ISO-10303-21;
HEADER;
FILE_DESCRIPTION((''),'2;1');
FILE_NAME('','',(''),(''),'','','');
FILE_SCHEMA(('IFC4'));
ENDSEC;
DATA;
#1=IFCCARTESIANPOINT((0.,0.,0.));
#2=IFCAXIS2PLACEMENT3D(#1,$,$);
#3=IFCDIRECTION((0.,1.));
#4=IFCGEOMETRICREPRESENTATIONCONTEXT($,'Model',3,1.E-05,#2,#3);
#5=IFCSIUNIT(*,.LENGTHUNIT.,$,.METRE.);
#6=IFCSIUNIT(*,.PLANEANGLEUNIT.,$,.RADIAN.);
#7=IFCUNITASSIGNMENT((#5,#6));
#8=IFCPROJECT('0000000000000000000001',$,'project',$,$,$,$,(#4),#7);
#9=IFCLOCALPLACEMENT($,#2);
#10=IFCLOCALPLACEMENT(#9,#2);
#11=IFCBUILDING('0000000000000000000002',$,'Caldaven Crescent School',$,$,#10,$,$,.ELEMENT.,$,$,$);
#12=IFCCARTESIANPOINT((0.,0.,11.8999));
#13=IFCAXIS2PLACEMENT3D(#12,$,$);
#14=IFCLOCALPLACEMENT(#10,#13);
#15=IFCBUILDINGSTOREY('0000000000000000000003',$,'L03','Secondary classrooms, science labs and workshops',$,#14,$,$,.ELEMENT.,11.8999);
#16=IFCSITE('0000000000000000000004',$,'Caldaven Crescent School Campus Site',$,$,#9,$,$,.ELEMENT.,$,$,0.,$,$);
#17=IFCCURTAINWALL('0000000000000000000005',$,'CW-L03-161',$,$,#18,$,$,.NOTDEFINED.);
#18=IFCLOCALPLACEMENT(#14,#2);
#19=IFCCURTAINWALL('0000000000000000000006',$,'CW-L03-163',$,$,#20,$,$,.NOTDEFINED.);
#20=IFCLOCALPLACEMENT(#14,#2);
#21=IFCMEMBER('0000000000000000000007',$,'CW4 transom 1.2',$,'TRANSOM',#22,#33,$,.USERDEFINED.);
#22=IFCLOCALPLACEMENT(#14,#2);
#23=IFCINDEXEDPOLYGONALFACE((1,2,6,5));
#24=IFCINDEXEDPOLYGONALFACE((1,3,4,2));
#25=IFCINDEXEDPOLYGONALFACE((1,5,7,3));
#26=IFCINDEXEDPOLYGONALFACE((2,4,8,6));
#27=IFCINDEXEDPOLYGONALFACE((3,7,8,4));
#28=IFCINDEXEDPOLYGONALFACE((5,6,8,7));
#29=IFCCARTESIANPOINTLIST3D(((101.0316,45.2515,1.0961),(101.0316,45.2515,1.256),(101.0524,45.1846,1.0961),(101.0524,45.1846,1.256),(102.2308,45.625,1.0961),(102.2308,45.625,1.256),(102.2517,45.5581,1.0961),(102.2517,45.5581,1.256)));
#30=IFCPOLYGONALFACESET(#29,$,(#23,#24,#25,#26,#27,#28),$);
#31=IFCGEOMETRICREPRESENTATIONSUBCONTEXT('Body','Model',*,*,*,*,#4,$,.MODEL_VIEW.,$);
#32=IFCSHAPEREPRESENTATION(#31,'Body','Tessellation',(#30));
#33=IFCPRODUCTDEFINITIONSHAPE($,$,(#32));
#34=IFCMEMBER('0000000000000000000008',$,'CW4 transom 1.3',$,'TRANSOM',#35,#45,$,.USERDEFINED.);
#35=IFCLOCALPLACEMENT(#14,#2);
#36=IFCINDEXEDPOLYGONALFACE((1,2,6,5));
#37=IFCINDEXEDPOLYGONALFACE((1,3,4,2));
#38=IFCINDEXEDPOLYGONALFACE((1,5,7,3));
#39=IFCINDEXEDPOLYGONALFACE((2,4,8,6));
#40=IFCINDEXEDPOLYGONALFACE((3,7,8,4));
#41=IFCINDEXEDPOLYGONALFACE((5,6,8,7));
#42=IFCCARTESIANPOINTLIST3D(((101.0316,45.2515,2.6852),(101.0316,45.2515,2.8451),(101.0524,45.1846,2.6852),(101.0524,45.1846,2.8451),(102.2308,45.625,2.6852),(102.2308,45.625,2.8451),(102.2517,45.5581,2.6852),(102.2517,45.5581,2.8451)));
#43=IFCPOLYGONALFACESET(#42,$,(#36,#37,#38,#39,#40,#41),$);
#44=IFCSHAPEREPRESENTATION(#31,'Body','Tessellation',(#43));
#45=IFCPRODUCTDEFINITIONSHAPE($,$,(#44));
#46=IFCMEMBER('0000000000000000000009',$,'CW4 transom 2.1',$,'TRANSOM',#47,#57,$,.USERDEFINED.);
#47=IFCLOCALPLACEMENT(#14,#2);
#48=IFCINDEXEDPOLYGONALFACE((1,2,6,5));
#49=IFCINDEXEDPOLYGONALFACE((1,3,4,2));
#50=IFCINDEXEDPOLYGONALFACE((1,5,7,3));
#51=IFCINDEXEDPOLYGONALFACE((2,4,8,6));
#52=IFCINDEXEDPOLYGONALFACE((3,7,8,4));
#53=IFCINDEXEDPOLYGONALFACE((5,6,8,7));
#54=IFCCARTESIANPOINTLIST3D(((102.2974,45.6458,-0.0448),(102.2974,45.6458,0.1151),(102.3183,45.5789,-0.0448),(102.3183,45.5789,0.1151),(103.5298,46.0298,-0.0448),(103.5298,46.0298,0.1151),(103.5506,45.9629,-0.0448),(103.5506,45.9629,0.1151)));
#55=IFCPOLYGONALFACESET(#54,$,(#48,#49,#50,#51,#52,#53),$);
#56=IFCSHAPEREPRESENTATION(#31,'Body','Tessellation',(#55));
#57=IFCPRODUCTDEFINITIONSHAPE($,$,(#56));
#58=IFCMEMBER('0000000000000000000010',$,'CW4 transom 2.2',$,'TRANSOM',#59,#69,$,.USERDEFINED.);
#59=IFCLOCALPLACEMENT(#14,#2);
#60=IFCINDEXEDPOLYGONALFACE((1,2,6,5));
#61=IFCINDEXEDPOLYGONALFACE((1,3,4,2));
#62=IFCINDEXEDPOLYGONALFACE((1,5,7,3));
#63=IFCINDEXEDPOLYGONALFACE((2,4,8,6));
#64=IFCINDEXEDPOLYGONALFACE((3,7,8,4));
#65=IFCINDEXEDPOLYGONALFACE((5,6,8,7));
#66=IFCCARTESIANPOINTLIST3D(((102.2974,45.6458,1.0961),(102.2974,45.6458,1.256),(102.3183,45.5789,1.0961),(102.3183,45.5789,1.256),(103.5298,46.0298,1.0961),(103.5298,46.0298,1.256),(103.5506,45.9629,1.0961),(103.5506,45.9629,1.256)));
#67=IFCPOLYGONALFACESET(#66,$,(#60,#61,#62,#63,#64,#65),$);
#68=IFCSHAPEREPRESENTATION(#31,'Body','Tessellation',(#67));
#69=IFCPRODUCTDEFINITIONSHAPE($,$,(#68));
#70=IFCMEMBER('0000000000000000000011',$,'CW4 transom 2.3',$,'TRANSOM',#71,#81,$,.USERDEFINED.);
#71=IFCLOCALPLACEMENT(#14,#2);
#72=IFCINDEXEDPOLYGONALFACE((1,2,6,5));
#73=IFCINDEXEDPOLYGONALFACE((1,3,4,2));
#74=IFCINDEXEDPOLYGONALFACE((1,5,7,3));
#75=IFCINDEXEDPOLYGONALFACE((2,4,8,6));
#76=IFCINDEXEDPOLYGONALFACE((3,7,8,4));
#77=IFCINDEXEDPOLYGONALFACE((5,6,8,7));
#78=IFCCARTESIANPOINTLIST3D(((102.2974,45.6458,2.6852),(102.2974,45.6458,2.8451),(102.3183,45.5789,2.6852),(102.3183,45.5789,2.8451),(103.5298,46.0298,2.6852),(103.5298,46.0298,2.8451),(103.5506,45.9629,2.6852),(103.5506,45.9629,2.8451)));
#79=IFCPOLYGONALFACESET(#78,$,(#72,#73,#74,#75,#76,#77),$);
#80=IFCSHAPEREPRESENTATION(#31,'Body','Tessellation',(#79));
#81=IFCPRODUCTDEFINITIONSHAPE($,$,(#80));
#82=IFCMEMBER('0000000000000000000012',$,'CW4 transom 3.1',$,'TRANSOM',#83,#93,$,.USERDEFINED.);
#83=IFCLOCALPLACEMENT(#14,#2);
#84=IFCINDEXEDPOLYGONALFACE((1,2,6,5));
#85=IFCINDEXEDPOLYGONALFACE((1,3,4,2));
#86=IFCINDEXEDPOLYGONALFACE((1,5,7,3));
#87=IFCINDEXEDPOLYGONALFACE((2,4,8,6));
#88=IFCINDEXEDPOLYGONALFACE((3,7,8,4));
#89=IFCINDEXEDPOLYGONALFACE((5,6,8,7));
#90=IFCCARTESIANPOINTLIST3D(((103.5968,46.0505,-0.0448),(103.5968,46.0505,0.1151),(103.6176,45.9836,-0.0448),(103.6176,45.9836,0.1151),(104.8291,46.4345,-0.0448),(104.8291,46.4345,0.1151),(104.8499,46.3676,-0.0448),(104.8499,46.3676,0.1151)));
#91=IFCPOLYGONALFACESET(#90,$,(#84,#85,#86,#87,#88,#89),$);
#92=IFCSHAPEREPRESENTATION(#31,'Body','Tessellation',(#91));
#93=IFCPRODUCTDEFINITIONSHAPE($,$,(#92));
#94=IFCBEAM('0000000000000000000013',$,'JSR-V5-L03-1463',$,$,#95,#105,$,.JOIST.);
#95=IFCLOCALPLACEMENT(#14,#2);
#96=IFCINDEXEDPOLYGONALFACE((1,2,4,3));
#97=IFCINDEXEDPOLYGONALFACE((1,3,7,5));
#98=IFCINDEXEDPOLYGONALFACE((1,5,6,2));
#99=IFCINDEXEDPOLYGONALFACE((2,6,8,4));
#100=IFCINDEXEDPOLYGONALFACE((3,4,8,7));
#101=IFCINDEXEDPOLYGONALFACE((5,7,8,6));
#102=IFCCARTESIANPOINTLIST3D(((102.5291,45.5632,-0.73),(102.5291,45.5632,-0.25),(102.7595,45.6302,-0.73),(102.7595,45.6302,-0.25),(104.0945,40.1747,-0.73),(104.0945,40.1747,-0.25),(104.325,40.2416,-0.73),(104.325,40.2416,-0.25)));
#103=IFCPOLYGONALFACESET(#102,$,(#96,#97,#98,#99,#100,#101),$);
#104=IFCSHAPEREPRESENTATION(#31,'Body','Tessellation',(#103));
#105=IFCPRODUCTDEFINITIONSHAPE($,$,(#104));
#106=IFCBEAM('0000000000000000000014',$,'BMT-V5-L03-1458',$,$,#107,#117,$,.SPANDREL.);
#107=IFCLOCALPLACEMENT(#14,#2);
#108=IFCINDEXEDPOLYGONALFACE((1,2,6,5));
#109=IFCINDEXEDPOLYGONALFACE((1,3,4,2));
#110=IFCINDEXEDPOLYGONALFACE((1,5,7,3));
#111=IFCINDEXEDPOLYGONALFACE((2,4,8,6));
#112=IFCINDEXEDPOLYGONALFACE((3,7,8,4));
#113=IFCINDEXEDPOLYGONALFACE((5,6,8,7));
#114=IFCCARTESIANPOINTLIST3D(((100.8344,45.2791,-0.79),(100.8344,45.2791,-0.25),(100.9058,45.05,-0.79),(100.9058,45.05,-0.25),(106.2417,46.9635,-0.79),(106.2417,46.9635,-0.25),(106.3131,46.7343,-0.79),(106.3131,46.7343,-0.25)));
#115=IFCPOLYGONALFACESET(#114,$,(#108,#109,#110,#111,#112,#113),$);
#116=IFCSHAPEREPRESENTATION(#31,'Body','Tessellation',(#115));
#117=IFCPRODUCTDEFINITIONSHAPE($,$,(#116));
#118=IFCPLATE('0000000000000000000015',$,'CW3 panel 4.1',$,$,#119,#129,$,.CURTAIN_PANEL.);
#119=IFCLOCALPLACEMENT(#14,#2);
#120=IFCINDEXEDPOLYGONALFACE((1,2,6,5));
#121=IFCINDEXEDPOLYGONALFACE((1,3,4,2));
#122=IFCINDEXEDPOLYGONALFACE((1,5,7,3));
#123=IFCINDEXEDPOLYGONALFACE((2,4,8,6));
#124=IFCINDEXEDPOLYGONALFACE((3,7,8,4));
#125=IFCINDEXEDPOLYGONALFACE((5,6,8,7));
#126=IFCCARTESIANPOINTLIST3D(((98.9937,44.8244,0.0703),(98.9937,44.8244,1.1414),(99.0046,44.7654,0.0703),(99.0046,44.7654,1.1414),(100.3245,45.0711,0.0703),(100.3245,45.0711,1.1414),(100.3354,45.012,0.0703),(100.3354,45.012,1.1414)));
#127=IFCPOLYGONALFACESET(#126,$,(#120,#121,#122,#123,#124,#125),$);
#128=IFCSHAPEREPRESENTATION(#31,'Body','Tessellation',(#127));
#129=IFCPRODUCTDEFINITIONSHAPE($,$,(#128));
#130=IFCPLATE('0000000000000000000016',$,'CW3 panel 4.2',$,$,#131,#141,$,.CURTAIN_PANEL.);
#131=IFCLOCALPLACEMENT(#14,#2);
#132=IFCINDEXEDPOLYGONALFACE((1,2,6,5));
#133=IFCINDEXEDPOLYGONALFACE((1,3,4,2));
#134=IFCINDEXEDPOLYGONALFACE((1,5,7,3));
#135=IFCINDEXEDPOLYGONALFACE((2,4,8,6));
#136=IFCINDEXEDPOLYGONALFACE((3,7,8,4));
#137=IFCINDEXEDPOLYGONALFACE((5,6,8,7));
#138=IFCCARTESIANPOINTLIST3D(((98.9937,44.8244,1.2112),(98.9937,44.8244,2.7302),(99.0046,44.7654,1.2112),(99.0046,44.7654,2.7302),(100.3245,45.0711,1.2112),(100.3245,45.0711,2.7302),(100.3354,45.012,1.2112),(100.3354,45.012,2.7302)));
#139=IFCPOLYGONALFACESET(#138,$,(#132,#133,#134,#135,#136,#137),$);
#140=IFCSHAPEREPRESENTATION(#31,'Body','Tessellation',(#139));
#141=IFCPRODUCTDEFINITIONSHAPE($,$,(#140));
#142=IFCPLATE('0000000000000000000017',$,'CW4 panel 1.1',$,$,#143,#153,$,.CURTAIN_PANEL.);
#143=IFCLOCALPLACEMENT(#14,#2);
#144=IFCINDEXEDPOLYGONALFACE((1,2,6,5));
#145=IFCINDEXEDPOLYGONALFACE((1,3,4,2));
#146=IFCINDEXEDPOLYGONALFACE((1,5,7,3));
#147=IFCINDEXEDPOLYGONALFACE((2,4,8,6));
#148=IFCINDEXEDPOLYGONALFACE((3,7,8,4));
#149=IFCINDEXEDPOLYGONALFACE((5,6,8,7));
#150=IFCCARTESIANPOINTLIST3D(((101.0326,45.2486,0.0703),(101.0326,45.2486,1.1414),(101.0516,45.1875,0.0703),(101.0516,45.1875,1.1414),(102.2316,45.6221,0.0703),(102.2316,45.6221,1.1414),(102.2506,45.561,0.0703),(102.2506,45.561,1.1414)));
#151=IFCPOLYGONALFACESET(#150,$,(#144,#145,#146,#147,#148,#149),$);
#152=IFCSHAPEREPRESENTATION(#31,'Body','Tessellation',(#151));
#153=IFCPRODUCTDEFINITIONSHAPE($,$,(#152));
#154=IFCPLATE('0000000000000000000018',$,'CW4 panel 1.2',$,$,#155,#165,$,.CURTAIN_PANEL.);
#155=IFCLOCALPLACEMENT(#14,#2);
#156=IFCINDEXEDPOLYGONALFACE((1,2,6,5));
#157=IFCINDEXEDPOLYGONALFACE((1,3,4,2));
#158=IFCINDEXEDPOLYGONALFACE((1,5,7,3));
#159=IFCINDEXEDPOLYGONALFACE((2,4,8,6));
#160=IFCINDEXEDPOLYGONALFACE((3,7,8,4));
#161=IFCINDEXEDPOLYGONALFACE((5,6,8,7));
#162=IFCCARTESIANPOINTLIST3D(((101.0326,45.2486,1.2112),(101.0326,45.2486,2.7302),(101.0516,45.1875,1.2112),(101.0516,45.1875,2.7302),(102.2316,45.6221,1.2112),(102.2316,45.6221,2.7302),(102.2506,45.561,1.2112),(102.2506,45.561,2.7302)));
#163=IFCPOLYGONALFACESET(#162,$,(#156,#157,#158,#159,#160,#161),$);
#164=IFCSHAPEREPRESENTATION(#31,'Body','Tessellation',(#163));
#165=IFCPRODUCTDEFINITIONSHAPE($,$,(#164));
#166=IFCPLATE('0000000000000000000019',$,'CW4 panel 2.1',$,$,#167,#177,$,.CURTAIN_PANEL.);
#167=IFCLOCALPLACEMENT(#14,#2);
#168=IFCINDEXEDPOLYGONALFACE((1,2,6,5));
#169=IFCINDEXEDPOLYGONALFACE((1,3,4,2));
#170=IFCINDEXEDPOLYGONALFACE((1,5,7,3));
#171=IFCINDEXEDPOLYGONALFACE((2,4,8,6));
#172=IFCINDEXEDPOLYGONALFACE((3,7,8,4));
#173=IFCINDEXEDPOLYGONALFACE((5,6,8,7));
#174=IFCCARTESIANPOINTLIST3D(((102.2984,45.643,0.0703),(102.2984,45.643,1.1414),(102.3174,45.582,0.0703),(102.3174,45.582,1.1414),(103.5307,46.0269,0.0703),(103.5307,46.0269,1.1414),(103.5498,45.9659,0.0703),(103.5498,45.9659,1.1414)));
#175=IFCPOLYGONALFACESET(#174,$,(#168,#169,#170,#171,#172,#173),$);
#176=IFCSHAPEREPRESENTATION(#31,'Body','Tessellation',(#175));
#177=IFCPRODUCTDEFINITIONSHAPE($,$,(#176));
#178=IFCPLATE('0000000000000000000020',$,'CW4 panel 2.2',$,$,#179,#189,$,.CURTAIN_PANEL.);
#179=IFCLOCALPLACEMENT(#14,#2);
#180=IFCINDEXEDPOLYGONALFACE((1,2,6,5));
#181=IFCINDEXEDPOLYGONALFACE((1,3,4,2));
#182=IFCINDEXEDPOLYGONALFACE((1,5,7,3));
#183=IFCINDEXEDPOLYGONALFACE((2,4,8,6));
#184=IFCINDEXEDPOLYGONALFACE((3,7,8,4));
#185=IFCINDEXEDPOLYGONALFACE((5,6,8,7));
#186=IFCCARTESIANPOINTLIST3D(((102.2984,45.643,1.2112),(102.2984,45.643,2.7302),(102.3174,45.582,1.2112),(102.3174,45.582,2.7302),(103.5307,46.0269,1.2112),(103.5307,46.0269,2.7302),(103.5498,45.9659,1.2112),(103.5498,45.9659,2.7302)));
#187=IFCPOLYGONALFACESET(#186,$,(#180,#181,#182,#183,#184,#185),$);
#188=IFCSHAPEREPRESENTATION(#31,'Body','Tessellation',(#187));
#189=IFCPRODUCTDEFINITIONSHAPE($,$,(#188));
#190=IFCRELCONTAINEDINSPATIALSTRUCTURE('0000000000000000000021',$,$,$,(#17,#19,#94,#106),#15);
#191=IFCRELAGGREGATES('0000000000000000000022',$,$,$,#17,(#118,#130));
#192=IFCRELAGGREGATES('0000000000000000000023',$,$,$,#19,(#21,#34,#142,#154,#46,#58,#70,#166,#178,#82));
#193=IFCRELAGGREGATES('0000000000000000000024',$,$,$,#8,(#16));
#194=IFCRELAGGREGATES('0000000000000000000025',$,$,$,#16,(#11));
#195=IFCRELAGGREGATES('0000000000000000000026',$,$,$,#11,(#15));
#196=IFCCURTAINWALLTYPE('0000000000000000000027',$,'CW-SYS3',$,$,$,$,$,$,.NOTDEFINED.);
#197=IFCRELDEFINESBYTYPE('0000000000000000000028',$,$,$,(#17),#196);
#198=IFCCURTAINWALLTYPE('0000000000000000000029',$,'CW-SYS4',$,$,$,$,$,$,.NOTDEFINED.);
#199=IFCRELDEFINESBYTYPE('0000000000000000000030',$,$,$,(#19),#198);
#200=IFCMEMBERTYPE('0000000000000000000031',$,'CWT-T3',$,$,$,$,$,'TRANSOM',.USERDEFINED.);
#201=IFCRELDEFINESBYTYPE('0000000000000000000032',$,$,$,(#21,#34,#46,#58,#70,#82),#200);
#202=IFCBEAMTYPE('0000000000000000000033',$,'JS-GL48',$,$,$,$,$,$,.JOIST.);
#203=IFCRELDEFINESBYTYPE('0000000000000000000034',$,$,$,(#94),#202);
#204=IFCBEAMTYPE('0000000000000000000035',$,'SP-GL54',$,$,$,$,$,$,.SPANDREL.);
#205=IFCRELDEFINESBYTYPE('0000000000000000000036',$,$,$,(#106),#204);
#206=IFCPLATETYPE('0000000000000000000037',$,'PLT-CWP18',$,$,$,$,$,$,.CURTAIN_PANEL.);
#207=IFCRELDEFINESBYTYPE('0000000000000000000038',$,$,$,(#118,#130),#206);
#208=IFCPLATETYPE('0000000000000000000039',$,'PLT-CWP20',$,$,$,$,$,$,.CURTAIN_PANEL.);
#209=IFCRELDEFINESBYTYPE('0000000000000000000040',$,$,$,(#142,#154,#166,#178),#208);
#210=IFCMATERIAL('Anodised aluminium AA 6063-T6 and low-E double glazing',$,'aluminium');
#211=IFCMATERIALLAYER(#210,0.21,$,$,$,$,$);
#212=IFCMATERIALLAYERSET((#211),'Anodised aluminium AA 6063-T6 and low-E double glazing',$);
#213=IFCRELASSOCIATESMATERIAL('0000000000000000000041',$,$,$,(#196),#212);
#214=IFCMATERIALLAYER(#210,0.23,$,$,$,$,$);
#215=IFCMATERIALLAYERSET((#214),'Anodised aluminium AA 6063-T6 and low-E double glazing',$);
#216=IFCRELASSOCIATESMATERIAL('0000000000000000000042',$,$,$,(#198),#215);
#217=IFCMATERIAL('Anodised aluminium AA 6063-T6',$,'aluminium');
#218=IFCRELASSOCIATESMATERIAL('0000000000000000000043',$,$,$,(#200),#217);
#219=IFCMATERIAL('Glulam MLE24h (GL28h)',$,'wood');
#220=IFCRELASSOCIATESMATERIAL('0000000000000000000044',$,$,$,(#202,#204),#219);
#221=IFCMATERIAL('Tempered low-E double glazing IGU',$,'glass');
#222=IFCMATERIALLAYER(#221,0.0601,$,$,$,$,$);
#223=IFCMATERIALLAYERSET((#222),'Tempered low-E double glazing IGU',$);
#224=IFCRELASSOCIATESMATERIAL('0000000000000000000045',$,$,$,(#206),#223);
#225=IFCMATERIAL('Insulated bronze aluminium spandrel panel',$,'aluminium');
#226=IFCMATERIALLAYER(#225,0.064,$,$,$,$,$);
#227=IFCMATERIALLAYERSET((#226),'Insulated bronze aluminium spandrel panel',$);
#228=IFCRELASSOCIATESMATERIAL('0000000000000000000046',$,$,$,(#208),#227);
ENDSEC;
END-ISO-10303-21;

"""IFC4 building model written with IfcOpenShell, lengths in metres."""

from ifc_helpers import new_model, si_unit, direction, frame, origin, origin_2d, place, context, subcontext, project, spatial, rectangle, extrude, material, layer, layer_set, material_profile, profile_set, type_object, element, aggregate, save


model = new_model("IFC4")

# Units and contexts
model_context = context("Model", 3, precision=1e-05, world=origin(), true_north=direction((0.0, 1.0)))
body_context = subcontext(model_context, "Body", "Model", "MODEL_VIEW")
ifc_project = project(units=[si_unit("LENGTHUNIT", "METRE"), si_unit("PLANEANGLEUNIT", "RADIAN")], contexts=[model_context])

# Site, building, storey
site_placement = place(None, origin())
site = spatial("IfcSite", under=ifc_project, at=site_placement, Name="Caldaven Crescent School Campus Site", CompositionType="ELEMENT", RefElevation=0.0)
building_placement = place(site_placement, origin())
building = spatial("IfcBuilding", under=site, at=building_placement, Name="Caldaven Crescent School", CompositionType="ELEMENT")
storey_placement = place(building_placement, frame((0.0, 0.0, 11.8999)))
storey = spatial("IfcBuildingStorey", under=building, at=storey_placement, Name="L03", Description="Secondary classrooms, science labs and workshops", CompositionType="ELEMENT", Elevation=11.8999)

# Shared definitions
ifc_material_1 = material(Name="Glulam MLE24h (GL28h)", Category="wood")

# Curtain wall
ifc_material_2 = material(Name="Anodised aluminium AA 6063-T6 and low-E double glazing", Category="aluminium")
ifc_layer_1 = layer(ifc_material_2, 0.21)
ifc_layer_set_1 = layer_set([ifc_layer_1], Name="Anodised aluminium AA 6063-T6 and low-E double glazing")
curtain_wall_type_1 = type_object("IfcCurtainWallType", Name="CW-SYS3", PredefinedType="NOTDEFINED", material=ifc_layer_set_1)
curtain_wall_1_placement = place(storey_placement, origin())
curtain_wall_1 = element("IfcCurtainWall", 1, at=curtain_wall_1_placement, inside=storey, type_object=curtain_wall_type_1, Name="CW-L03-161", PredefinedType="NOTDEFINED")
ifc_material_3 = material(Name="Anodised aluminium AA 6063-T6", Category="aluminium")

# Curtain wall
ifc_layer_2 = layer(ifc_material_2, 0.23)
ifc_layer_set_2 = layer_set([ifc_layer_2], Name="Anodised aluminium AA 6063-T6 and low-E double glazing")
curtain_wall_type_2 = type_object("IfcCurtainWallType", Name="CW-SYS4", PredefinedType="NOTDEFINED", material=ifc_layer_set_2)
curtain_wall_2_placement = place(storey_placement, origin())
curtain_wall_2 = element("IfcCurtainWall", 2, at=curtain_wall_2_placement, inside=storey, type_object=curtain_wall_type_2, Name="CW-L03-163", PredefinedType="NOTDEFINED")

# Members
ifc_material_profile_1 = material_profile(ifc_material_3, rectangle(XDim=0.0701, YDim=0.1599, at=origin_2d()), Name="CWT 70x160")
ifc_profile_set_1 = profile_set([ifc_material_profile_1], Name="Anodised aluminium AA 6063-T6")
member_type_1 = type_object("IfcMemberType", Name="CWT-T3", ElementType="TRANSOM", PredefinedType="USERDEFINED", material=ifc_profile_set_1)
member_1_placement = place(storey_placement, frame((101.042, 45.218, 1.176), z_axis=(0.954756, 0.297389, 0.0), x_axis=(-0.297389, 0.954756, 0.0)))
member_1 = element("IfcMember", 3, at=member_1_placement, type_object=member_type_1, Name="CW4 transom 1.2", ObjectType="TRANSOM", PredefinedType="USERDEFINED", context=body_context, shape_type="SweptSolid", body=[
    extrude(rectangle(XDim=0.0701, YDim=0.1599, at=origin_2d()), origin(), (0.0, 0.0, 1.0), 1.2561),
])
member_2_placement = place(storey_placement, frame((101.042, 45.218, 2.7651), z_axis=(0.954756, 0.297389, 0.0), x_axis=(-0.297389, 0.954756, 0.0)))
member_2 = element("IfcMember", 4, at=member_2_placement, type_object=member_type_1, Name="CW4 transom 1.3", ObjectType="TRANSOM", PredefinedType="USERDEFINED", context=body_context, shape_type="SweptSolid", body=[
    extrude(rectangle(XDim=0.0701, YDim=0.1599, at=origin_2d()), origin(), (0.0, 0.0, 1.0), 1.2561),
])
member_3_placement = place(storey_placement, frame((102.3079, 45.6123, 0.0352), z_axis=(0.954722, 0.2975, 0.0), x_axis=(-0.2975, 0.954722, 0.0)))
member_3 = element("IfcMember", 5, at=member_3_placement, type_object=member_type_1, Name="CW4 transom 2.1", ObjectType="TRANSOM", PredefinedType="USERDEFINED", context=body_context, shape_type="SweptSolid", body=[
    extrude(rectangle(XDim=0.0701, YDim=0.1599, at=origin_2d()), origin(), (0.0, 0.0, 1.0), 1.2908),
])
member_4_placement = place(storey_placement, frame((102.3079, 45.6123, 1.176), z_axis=(0.954722, 0.2975, 0.0), x_axis=(-0.2975, 0.954722, 0.0)))
member_4 = element("IfcMember", 6, at=member_4_placement, type_object=member_type_1, Name="CW4 transom 2.2", ObjectType="TRANSOM", PredefinedType="USERDEFINED", context=body_context, shape_type="SweptSolid", body=[
    extrude(rectangle(XDim=0.0701, YDim=0.1599, at=origin_2d()), origin(), (0.0, 0.0, 1.0), 1.2908),
])
member_5_placement = place(storey_placement, frame((102.3079, 45.6123, 2.7651), z_axis=(0.954722, 0.2975, 0.0), x_axis=(-0.2975, 0.954722, 0.0)))
member_5 = element("IfcMember", 7, at=member_5_placement, type_object=member_type_1, Name="CW4 transom 2.3", ObjectType="TRANSOM", PredefinedType="USERDEFINED", context=body_context, shape_type="SweptSolid", body=[
    extrude(rectangle(XDim=0.0701, YDim=0.1599, at=origin_2d()), origin(), (0.0, 0.0, 1.0), 1.2908),
])
member_6_placement = place(storey_placement, frame((103.6072, 46.0171, 0.0352), z_axis=(0.954722, 0.2975, 0.0), x_axis=(-0.2975, 0.954722, 0.0)))
member_6 = element("IfcMember", 8, at=member_6_placement, type_object=member_type_1, Name="CW4 transom 3.1", ObjectType="TRANSOM", PredefinedType="USERDEFINED", context=body_context, shape_type="SweptSolid", body=[
    extrude(rectangle(XDim=0.0701, YDim=0.1599, at=origin_2d()), origin(), (0.0, 0.0, 1.0), 1.2908),
])

# Beams
ifc_material_profile_2 = material_profile(ifc_material_1, rectangle(XDim=0.24, YDim=0.48, at=origin_2d()), Name="MLE 240x480")
ifc_profile_set_2 = profile_set([ifc_material_profile_2], Name="Glulam MLE24h (GL28h)")
beam_type_1 = type_object("IfcBeamType", Name="JS-GL48", PredefinedType="JOIST", material=ifc_profile_set_2)
beam_1_placement = place(storey_placement, frame((102.6443, 45.5967, -0.49), z_axis=(0.278982, -0.960296, 0.0), x_axis=(0.960296, 0.278982, 0.0)))
element("IfcBeam", 9, at=beam_1_placement, inside=storey, type_object=beam_type_1, Name="JSR-V5-L03-1463", PredefinedType="JOIST", context=body_context, shape_type="SweptSolid", body=[
    extrude(rectangle(XDim=0.24, YDim=0.48, at=origin_2d()), origin(), (0.0, 0.0, 1.0), 5.6113),
])
ifc_material_profile_3 = material_profile(ifc_material_1, rectangle(XDim=0.24, YDim=0.54, at=origin_2d()), Name="MLE 240x540")
ifc_profile_set_3 = profile_set([ifc_material_profile_3], Name="Glulam MLE24h (GL28h)")
beam_type_2 = type_object("IfcBeamType", Name="SP-GL54", PredefinedType="SPANDREL", material=ifc_profile_set_3)
beam_2_placement = place(storey_placement, frame((100.8701, 45.1646, -0.52), z_axis=(0.954753, 0.297401, 0.0), x_axis=(-0.297401, 0.954753, 0.0)))
element("IfcBeam", 10, at=beam_2_placement, inside=storey, type_object=beam_type_2, Name="BMT-V5-L03-1458", PredefinedType="SPANDREL", context=body_context, shape_type="SweptSolid", body=[
    extrude(rectangle(XDim=0.24, YDim=0.54, at=origin_2d()), origin(), (0.0, 0.0, 1.0), 5.6636),
])

# Plates
ifc_material_4 = material(Name="Tempered low-E double glazing IGU", Category="glass")
ifc_layer_3 = layer(ifc_material_4, 0.0601)
ifc_layer_set_3 = layer_set([ifc_layer_3], Name="Tempered low-E double glazing IGU")
plate_type_1 = type_object("IfcPlateType", Name="PLT-CWP18", PredefinedType="CURTAIN_PANEL", material=ifc_layer_set_3)
plate_1_placement = place(storey_placement, frame((99.6646, 44.9182, 0.0703), z_axis=(0.0, 0.0, 1.0), x_axis=(0.983255, 0.182236, 0.0)))
plate_1 = element("IfcPlate", 11, at=plate_1_placement, type_object=plate_type_1, Name="CW3 panel 4.1", PredefinedType="CURTAIN_PANEL", context=body_context, shape_type="SweptSolid", body=[
    extrude(rectangle(XDim=1.3535, YDim=0.0601, at=origin_2d()), origin(), (0.0, 0.0, 1.0), 1.071),
])
plate_2_placement = place(storey_placement, frame((99.6646, 44.9182, 1.2112), z_axis=(0.0, 0.0, 1.0), x_axis=(0.983255, 0.182236, 0.0)))
plate_2 = element("IfcPlate", 12, at=plate_2_placement, type_object=plate_type_1, Name="CW3 panel 4.2", PredefinedType="CURTAIN_PANEL", context=body_context, shape_type="SweptSolid", body=[
    extrude(rectangle(XDim=1.3535, YDim=0.0601, at=origin_2d()), origin(), (0.0, 0.0, 1.0), 1.519),
])
aggregate(curtain_wall_1, [plate_1, plate_2])
ifc_material_5 = material(Name="Insulated bronze aluminium spandrel panel", Category="aluminium")
ifc_layer_4 = layer(ifc_material_5, 0.064)
ifc_layer_set_4 = layer_set([ifc_layer_4], Name="Insulated bronze aluminium spandrel panel")
plate_type_2 = type_object("IfcPlateType", Name="PLT-CWP20", PredefinedType="CURTAIN_PANEL", material=ifc_layer_set_4)
plate_3_placement = place(storey_placement, frame((101.6416, 45.4048, 0.0703), z_axis=(0.0, 0.0, 1.0), x_axis=(0.954747, 0.29742, 0.0)))
plate_3 = element("IfcPlate", 13, at=plate_3_placement, type_object=plate_type_2, Name="CW4 panel 1.1", PredefinedType="CURTAIN_PANEL", context=body_context, shape_type="SweptSolid", body=[
    extrude(rectangle(XDim=1.2559, YDim=0.064, at=origin_2d()), origin(), (0.0, 0.0, 1.0), 1.071),
])
plate_4_placement = place(storey_placement, frame((101.6416, 45.4048, 1.2112), z_axis=(0.0, 0.0, 1.0), x_axis=(0.954747, 0.29742, 0.0)))
plate_4 = element("IfcPlate", 14, at=plate_4_placement, type_object=plate_type_2, Name="CW4 panel 1.2", PredefinedType="CURTAIN_PANEL", context=body_context, shape_type="SweptSolid", body=[
    extrude(rectangle(XDim=1.2559, YDim=0.064, at=origin_2d()), origin(), (0.0, 0.0, 1.0), 1.519),
])
plate_5_placement = place(storey_placement, frame((102.9241, 45.8044, 0.0703), z_axis=(0.0, 0.0, 1.0), x_axis=(0.954747, 0.29742, 0.0)))
plate_5 = element("IfcPlate", 15, at=plate_5_placement, type_object=plate_type_2, Name="CW4 panel 2.1", PredefinedType="CURTAIN_PANEL", context=body_context, shape_type="SweptSolid", body=[
    extrude(rectangle(XDim=1.2908, YDim=0.064, at=origin_2d()), origin(), (0.0, 0.0, 1.0), 1.071),
])
plate_6_placement = place(storey_placement, frame((102.9241, 45.8044, 1.2112), z_axis=(0.0, 0.0, 1.0), x_axis=(0.954747, 0.29742, 0.0)))
plate_6 = element("IfcPlate", 16, at=plate_6_placement, type_object=plate_type_2, Name="CW4 panel 2.2", PredefinedType="CURTAIN_PANEL", context=body_context, shape_type="SweptSolid", body=[
    extrude(rectangle(XDim=1.2908, YDim=0.064, at=origin_2d()), origin(), (0.0, 0.0, 1.0), 1.519),
])
aggregate(curtain_wall_2, [member_1, member_2, plate_3, plate_4, member_3, member_4, member_5, plate_5, plate_6, member_6])

save(model, "model.ifc")
